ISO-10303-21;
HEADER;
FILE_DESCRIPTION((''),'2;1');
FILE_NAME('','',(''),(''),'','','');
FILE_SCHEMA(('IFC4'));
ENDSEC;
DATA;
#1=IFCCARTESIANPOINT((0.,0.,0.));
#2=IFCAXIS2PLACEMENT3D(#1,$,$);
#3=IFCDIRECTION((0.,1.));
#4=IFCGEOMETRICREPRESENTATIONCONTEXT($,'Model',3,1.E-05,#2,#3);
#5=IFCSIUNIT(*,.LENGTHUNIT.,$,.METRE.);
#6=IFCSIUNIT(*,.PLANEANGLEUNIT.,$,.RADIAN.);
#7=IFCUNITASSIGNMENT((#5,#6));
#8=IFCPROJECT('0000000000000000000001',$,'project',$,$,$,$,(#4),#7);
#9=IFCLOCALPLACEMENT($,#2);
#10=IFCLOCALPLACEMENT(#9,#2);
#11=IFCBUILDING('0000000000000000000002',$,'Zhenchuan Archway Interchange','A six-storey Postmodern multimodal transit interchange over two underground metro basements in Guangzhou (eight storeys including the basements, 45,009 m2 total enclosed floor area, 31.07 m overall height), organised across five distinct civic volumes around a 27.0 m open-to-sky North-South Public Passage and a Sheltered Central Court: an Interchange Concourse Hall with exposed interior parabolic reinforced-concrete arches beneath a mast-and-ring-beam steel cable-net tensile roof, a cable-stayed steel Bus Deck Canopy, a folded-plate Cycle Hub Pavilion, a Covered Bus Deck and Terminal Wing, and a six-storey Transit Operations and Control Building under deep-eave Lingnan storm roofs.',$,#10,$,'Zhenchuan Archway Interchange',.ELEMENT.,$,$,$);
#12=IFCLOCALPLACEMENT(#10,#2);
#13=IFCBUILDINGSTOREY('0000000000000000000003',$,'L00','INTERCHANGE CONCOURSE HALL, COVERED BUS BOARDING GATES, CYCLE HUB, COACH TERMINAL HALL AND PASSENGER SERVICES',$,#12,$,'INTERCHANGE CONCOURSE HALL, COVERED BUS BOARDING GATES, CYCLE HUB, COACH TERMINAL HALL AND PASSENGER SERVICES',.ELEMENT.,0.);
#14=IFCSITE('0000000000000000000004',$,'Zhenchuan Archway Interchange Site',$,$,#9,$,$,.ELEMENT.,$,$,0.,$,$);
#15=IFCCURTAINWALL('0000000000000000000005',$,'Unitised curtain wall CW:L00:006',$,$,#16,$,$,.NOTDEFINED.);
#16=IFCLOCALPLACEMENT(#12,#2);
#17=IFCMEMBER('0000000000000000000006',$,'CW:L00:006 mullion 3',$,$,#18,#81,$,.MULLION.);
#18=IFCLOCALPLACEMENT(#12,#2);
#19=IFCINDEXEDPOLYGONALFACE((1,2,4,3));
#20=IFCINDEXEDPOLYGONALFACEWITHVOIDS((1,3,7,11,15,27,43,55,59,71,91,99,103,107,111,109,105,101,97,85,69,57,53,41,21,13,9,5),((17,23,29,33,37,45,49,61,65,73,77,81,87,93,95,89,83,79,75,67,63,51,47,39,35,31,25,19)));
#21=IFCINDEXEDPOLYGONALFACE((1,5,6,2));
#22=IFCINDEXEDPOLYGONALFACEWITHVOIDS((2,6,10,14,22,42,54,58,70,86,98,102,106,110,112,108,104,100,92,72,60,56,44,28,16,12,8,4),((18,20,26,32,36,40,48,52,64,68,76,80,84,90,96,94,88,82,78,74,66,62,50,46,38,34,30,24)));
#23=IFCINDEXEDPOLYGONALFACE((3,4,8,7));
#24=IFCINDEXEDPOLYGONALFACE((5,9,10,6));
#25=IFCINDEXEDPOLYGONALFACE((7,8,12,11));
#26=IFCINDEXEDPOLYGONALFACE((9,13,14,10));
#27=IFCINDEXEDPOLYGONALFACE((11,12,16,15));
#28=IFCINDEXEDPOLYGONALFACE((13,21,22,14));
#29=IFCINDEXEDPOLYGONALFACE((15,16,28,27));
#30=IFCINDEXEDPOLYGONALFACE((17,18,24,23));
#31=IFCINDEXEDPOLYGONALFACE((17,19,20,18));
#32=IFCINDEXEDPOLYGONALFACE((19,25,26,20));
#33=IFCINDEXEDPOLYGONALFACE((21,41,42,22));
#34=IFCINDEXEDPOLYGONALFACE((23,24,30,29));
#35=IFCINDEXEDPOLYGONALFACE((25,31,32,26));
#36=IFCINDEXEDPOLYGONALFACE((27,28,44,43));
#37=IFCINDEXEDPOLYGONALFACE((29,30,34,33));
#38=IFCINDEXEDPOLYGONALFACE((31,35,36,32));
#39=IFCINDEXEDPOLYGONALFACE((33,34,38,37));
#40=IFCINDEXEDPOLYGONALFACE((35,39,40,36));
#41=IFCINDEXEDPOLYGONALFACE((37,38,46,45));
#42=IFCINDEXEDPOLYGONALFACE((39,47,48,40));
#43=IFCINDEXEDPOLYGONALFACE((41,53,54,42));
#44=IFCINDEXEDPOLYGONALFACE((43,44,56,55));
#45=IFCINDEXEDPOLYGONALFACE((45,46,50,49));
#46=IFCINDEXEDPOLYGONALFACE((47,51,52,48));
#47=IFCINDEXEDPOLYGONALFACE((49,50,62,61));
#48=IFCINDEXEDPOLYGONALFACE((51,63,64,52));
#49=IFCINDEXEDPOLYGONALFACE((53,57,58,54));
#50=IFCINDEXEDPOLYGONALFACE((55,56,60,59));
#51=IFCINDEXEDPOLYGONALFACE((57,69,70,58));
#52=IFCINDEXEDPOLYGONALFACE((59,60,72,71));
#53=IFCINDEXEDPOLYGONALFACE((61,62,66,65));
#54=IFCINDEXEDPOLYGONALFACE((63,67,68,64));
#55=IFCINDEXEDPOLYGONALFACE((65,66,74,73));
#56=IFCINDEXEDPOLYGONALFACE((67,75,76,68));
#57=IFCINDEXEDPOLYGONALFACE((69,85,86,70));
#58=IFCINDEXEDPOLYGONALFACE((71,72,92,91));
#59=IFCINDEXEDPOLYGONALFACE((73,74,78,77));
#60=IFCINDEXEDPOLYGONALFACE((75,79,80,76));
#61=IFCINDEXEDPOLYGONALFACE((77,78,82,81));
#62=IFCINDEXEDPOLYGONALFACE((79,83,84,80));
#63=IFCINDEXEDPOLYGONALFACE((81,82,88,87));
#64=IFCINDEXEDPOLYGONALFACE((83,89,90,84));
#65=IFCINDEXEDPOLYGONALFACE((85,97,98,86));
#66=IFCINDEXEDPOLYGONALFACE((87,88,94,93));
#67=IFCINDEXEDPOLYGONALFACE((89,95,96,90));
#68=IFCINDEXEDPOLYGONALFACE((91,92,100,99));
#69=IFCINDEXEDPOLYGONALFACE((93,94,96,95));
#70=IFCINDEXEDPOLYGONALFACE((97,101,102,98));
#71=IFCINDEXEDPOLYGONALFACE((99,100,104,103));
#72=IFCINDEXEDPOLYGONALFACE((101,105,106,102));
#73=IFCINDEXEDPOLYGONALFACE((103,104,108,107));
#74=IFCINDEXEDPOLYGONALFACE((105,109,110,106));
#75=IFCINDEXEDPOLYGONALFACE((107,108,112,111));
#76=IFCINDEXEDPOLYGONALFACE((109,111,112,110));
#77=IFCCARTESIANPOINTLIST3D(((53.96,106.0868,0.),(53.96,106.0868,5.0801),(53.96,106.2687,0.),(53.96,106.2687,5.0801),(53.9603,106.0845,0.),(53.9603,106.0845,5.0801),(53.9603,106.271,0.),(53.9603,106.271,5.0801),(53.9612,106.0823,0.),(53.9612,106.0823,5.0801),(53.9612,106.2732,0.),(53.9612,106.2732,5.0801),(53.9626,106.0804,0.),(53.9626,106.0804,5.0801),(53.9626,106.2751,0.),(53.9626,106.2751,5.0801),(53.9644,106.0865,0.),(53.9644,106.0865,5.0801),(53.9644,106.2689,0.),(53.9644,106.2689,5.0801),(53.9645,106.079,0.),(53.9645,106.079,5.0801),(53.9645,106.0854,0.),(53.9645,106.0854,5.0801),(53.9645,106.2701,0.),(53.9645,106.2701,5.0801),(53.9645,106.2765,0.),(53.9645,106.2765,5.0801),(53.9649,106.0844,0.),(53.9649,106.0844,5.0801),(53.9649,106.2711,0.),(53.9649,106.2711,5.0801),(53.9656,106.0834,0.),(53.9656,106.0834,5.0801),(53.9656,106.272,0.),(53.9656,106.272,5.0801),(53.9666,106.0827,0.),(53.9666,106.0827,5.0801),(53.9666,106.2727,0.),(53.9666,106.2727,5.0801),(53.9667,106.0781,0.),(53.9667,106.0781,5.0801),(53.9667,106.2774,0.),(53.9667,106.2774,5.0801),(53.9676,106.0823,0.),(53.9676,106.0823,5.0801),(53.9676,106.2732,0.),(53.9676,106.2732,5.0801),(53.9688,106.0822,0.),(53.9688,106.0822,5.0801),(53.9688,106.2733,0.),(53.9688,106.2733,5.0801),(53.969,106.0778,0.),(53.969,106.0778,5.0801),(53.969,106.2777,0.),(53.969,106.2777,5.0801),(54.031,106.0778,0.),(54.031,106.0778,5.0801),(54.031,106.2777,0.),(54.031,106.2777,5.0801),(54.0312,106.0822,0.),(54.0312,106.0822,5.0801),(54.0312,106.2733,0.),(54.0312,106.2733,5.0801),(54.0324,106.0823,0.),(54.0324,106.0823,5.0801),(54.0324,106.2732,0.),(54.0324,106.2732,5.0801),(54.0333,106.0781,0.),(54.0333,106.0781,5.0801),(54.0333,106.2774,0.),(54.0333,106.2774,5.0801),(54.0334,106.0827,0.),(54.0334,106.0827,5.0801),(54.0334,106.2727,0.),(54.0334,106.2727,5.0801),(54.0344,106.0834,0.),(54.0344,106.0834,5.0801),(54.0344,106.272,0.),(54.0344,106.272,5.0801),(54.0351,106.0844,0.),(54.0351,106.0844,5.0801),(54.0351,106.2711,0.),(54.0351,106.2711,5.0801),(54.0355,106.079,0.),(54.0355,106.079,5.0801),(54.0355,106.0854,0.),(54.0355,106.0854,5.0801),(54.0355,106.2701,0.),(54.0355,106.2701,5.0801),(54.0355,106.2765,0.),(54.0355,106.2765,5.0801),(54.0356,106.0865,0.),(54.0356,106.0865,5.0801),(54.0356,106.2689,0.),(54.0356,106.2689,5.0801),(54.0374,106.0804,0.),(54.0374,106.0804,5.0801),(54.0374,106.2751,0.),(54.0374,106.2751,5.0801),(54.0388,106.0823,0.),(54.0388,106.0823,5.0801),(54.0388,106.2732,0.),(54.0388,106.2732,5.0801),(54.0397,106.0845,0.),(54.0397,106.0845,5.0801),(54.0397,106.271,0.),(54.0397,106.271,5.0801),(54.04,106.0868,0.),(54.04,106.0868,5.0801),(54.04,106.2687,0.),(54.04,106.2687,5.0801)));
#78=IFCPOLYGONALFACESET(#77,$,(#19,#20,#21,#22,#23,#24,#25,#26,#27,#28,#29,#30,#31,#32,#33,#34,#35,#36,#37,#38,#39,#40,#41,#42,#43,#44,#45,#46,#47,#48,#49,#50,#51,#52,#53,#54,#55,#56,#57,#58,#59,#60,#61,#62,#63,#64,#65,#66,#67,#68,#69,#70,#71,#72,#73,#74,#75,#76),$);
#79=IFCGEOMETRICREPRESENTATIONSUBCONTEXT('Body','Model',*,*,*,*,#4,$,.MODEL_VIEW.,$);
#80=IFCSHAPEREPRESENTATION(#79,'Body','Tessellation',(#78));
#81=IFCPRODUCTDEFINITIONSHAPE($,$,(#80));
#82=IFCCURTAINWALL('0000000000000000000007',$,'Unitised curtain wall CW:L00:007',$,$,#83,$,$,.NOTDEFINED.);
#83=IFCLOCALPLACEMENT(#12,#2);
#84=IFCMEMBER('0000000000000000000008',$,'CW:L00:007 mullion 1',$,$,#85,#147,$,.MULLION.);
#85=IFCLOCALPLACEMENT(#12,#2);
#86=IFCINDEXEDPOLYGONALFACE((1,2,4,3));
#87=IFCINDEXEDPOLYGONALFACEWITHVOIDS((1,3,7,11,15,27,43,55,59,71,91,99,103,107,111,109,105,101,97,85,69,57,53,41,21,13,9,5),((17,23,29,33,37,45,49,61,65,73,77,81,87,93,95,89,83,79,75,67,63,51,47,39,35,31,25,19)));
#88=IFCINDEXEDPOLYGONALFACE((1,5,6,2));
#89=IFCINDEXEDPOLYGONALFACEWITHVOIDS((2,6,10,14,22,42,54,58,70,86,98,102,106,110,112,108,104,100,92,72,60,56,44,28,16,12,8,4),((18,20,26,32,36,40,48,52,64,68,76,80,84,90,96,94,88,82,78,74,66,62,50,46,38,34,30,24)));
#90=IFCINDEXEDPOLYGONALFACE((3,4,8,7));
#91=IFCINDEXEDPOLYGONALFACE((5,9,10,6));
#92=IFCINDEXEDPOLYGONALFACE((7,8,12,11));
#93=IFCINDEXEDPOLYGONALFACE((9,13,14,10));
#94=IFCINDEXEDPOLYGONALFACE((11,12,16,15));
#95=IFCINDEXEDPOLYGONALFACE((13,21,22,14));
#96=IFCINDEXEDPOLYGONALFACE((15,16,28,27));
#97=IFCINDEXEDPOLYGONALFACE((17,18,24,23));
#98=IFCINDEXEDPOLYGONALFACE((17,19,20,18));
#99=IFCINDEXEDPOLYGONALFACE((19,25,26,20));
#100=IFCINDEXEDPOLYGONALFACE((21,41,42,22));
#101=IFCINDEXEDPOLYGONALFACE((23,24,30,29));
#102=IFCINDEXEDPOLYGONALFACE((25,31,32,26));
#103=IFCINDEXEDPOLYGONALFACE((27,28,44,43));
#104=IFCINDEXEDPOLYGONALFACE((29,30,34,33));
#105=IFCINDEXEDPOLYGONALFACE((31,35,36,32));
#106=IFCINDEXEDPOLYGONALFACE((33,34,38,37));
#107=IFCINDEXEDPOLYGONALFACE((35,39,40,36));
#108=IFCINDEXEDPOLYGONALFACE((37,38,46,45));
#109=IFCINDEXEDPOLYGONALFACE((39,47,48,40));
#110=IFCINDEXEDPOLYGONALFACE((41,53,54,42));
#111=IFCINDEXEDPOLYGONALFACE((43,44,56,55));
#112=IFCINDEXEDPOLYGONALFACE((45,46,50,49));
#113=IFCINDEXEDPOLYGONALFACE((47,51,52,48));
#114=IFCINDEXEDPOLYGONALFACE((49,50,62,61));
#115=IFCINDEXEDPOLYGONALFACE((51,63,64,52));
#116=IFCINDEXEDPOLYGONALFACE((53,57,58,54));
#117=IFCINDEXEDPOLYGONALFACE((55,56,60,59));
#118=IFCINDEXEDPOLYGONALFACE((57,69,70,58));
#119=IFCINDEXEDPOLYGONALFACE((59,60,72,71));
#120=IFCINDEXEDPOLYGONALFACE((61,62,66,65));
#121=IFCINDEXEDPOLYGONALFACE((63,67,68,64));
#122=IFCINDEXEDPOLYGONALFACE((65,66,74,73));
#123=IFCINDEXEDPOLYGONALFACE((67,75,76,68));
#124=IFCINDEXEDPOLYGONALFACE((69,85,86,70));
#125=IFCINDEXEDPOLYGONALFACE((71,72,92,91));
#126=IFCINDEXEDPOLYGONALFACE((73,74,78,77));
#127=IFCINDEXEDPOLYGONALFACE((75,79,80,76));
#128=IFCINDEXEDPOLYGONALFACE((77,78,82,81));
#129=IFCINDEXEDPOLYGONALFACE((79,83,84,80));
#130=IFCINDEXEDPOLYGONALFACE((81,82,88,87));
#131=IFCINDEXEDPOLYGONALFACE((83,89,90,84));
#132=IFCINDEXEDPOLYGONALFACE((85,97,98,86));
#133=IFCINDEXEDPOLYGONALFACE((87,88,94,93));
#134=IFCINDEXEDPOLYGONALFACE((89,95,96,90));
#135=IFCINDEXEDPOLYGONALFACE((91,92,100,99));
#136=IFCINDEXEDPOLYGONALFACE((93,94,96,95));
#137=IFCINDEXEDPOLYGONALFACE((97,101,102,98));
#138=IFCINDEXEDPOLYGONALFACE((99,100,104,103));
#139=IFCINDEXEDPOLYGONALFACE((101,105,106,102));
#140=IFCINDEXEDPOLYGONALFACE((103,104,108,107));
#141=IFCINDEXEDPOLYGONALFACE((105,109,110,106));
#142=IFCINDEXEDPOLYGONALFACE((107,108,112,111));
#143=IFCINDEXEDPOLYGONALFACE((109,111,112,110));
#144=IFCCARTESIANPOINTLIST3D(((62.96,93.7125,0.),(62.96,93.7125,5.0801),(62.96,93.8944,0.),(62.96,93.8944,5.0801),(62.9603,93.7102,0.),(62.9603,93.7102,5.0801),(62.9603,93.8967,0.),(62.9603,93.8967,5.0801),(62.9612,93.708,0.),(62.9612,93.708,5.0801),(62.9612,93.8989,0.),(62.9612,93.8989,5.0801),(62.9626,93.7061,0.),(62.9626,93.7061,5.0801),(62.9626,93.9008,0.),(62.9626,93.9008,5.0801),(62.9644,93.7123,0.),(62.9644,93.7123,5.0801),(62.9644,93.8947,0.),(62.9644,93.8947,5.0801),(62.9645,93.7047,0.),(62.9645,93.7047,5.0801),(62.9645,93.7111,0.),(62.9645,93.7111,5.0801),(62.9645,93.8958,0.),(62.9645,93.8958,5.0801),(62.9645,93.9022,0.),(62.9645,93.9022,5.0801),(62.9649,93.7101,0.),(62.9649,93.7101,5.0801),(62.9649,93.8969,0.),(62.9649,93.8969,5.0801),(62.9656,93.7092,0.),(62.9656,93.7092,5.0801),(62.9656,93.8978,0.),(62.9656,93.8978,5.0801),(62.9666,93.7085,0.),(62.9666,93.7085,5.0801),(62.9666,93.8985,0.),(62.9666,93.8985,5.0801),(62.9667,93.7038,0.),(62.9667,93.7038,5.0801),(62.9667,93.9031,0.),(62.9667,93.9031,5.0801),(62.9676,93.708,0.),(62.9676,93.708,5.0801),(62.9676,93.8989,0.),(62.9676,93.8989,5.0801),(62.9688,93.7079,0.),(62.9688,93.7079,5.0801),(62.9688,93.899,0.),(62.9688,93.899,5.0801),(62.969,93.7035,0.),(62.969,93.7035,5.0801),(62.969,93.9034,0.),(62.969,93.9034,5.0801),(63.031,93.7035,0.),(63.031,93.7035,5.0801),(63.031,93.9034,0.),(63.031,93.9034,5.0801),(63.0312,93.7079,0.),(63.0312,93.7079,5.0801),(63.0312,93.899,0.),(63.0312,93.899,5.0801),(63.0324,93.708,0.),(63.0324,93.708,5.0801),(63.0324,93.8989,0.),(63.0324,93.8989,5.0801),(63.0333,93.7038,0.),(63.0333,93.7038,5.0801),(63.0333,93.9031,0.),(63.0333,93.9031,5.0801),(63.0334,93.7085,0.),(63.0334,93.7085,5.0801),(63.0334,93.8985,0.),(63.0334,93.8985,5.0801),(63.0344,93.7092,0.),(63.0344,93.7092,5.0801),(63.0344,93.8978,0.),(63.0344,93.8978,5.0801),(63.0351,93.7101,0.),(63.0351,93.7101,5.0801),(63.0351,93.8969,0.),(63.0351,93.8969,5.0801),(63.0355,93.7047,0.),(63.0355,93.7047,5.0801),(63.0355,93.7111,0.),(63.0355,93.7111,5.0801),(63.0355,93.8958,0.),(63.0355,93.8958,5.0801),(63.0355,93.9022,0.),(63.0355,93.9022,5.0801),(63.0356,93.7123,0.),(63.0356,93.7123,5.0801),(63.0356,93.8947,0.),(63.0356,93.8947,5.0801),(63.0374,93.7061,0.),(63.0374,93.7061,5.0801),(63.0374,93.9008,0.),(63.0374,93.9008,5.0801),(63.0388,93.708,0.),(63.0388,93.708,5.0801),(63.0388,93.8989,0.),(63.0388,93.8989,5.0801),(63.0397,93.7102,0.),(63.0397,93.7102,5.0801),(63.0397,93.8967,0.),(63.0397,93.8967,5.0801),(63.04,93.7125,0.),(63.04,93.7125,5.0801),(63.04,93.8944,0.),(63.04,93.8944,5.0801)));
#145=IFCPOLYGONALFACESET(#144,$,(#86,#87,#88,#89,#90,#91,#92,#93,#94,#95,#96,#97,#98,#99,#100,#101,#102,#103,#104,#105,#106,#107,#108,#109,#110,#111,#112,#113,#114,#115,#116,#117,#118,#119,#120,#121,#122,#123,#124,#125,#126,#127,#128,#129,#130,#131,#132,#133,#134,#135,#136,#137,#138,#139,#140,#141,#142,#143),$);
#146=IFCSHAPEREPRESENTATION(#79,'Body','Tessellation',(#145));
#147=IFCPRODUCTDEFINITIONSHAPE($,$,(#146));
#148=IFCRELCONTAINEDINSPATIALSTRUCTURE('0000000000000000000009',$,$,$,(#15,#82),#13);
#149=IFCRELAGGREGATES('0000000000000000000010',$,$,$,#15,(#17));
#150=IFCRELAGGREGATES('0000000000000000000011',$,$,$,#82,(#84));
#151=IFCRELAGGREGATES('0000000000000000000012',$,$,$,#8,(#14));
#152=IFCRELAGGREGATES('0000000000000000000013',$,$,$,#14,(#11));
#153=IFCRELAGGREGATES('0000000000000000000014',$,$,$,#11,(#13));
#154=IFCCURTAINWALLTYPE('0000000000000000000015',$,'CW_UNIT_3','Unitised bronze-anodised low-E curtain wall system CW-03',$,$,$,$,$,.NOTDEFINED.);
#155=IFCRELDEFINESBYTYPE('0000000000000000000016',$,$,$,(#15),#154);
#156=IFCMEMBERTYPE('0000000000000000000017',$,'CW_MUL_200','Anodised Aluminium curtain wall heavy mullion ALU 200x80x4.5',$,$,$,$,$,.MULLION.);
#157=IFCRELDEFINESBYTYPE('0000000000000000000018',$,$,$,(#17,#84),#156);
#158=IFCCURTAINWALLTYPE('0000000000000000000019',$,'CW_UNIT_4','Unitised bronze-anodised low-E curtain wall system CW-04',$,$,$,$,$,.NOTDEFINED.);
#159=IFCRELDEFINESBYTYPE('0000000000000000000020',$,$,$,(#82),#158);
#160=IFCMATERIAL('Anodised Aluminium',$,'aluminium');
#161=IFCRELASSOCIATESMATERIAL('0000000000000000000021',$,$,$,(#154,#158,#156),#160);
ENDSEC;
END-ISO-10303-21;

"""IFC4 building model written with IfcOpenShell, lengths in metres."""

from ifc_helpers import new_model, si_unit, direction, frame, origin, origin_2d, place, context, subcontext, project, spatial, hollow_rectangle, extrude, material, material_profile, profile_set, type_object, element, aggregate, save


model = new_model("IFC4")

# Units and contexts
model_context = context("Model", 3, precision=1e-05, world=origin(), true_north=direction((0.0, 1.0)))
body_context = subcontext(model_context, "Body", "Model", "MODEL_VIEW")
ifc_project = project(units=[si_unit("LENGTHUNIT", "METRE"), si_unit("PLANEANGLEUNIT", "RADIAN")], contexts=[model_context])

# Site, building, storey
site_placement = place(None, origin())
site = spatial("IfcSite", under=ifc_project, at=site_placement, Name="Zhenchuan Archway Interchange Site", CompositionType="ELEMENT", RefElevation=0.0)
building_placement = place(site_placement, origin())
building = spatial("IfcBuilding", under=site, at=building_placement, Name="Zhenchuan Archway Interchange", Description="A six-storey Postmodern multimodal transit interchange over two underground metro basements in Guangzhou (eight storeys including the basements, 45,009 m2 total enclosed floor area, 31.07 m overall height), organised across five distinct civic volumes around a 27.0 m open-to-sky North-South Public Passage and a Sheltered Central Court: an Interchange Concourse Hall with exposed interior parabolic reinforced-concrete arches beneath a mast-and-ring-beam steel cable-net tensile roof, a cable-stayed steel Bus Deck Canopy, a folded-plate Cycle Hub Pavilion, a Covered Bus Deck and Terminal Wing, and a six-storey Transit Operations and Control Building under deep-eave Lingnan storm roofs.", LongName="Zhenchuan Archway Interchange", CompositionType="ELEMENT")
storey_placement = place(building_placement, origin())
storey = spatial("IfcBuildingStorey", under=building, at=storey_placement, Name="L00", Description="INTERCHANGE CONCOURSE HALL, COVERED BUS BOARDING GATES, CYCLE HUB, COACH TERMINAL HALL AND PASSENGER SERVICES", LongName="INTERCHANGE CONCOURSE HALL, COVERED BUS BOARDING GATES, CYCLE HUB, COACH TERMINAL HALL AND PASSENGER SERVICES", CompositionType="ELEMENT", Elevation=0.0)

# Curtain wall, member
ifc_material_1 = material(Name="Anodised Aluminium", Category="aluminium")
curtain_wall_type_1 = type_object("IfcCurtainWallType", Name="CW_UNIT_3", Description="Unitised bronze-anodised low-E curtain wall system CW-03", PredefinedType="NOTDEFINED", material=ifc_material_1)
curtain_wall_1_placement = place(storey_placement, origin())
curtain_wall_1 = element("IfcCurtainWall", 1, at=curtain_wall_1_placement, inside=storey, type_object=curtain_wall_type_1, Name="Unitised curtain wall CW:L00:006", PredefinedType="NOTDEFINED")
ifc_material_profile_1 = material_profile(ifc_material_1, hollow_rectangle(XDim=0.0801, YDim=0.2, WallThickness=0.0044, InnerFilletRadius=0.0044, OuterFilletRadius=0.009, at=origin_2d()), Name="ALU 200x80x4.5")
ifc_profile_set_1 = profile_set([ifc_material_profile_1], Name="Anodised Aluminium")
member_type_1 = type_object("IfcMemberType", Name="CW_MUL_200", Description="Anodised Aluminium curtain wall heavy mullion ALU 200x80x4.5", PredefinedType="MULLION", material=ifc_profile_set_1)
member_1_placement = place(storey_placement, frame((54.0, 106.1777, 0.0), z_axis=(0.0, 0.0, 1.0), x_axis=(1.0, 0.0, 0.0)))
member_1 = element("IfcMember", 2, at=member_1_placement, type_object=member_type_1, Name="CW:L00:006 mullion 3", PredefinedType="MULLION", context=body_context, shape_type="SweptSolid", body=[
    extrude(hollow_rectangle(XDim=0.0801, YDim=0.2, WallThickness=0.0044, InnerFilletRadius=0.0044, OuterFilletRadius=0.009, at=origin_2d()), origin(), (0.0, 0.0, 1.0), 5.0801),
])

# Curtain wall, member
curtain_wall_type_2 = type_object("IfcCurtainWallType", Name="CW_UNIT_4", Description="Unitised bronze-anodised low-E curtain wall system CW-04", PredefinedType="NOTDEFINED", material=ifc_material_1)
curtain_wall_2_placement = place(storey_placement, origin())
curtain_wall_2 = element("IfcCurtainWall", 3, at=curtain_wall_2_placement, inside=storey, type_object=curtain_wall_type_2, Name="Unitised curtain wall CW:L00:007", PredefinedType="NOTDEFINED")
member_2_placement = place(storey_placement, frame((63.0, 93.8035, 0.0), z_axis=(0.0, 0.0, 1.0), x_axis=(1.0, 0.0, 0.0)))
member_2 = element("IfcMember", 4, at=member_2_placement, type_object=member_type_1, Name="CW:L00:007 mullion 1", PredefinedType="MULLION", context=body_context, shape_type="SweptSolid", body=[
    extrude(hollow_rectangle(XDim=0.0801, YDim=0.2, WallThickness=0.0044, InnerFilletRadius=0.0044, OuterFilletRadius=0.009, at=origin_2d()), origin(), (0.0, 0.0, 1.0), 5.0801),
])

aggregate(curtain_wall_1, [member_1])
aggregate(curtain_wall_2, [member_2])

save(model, "model.ifc")
